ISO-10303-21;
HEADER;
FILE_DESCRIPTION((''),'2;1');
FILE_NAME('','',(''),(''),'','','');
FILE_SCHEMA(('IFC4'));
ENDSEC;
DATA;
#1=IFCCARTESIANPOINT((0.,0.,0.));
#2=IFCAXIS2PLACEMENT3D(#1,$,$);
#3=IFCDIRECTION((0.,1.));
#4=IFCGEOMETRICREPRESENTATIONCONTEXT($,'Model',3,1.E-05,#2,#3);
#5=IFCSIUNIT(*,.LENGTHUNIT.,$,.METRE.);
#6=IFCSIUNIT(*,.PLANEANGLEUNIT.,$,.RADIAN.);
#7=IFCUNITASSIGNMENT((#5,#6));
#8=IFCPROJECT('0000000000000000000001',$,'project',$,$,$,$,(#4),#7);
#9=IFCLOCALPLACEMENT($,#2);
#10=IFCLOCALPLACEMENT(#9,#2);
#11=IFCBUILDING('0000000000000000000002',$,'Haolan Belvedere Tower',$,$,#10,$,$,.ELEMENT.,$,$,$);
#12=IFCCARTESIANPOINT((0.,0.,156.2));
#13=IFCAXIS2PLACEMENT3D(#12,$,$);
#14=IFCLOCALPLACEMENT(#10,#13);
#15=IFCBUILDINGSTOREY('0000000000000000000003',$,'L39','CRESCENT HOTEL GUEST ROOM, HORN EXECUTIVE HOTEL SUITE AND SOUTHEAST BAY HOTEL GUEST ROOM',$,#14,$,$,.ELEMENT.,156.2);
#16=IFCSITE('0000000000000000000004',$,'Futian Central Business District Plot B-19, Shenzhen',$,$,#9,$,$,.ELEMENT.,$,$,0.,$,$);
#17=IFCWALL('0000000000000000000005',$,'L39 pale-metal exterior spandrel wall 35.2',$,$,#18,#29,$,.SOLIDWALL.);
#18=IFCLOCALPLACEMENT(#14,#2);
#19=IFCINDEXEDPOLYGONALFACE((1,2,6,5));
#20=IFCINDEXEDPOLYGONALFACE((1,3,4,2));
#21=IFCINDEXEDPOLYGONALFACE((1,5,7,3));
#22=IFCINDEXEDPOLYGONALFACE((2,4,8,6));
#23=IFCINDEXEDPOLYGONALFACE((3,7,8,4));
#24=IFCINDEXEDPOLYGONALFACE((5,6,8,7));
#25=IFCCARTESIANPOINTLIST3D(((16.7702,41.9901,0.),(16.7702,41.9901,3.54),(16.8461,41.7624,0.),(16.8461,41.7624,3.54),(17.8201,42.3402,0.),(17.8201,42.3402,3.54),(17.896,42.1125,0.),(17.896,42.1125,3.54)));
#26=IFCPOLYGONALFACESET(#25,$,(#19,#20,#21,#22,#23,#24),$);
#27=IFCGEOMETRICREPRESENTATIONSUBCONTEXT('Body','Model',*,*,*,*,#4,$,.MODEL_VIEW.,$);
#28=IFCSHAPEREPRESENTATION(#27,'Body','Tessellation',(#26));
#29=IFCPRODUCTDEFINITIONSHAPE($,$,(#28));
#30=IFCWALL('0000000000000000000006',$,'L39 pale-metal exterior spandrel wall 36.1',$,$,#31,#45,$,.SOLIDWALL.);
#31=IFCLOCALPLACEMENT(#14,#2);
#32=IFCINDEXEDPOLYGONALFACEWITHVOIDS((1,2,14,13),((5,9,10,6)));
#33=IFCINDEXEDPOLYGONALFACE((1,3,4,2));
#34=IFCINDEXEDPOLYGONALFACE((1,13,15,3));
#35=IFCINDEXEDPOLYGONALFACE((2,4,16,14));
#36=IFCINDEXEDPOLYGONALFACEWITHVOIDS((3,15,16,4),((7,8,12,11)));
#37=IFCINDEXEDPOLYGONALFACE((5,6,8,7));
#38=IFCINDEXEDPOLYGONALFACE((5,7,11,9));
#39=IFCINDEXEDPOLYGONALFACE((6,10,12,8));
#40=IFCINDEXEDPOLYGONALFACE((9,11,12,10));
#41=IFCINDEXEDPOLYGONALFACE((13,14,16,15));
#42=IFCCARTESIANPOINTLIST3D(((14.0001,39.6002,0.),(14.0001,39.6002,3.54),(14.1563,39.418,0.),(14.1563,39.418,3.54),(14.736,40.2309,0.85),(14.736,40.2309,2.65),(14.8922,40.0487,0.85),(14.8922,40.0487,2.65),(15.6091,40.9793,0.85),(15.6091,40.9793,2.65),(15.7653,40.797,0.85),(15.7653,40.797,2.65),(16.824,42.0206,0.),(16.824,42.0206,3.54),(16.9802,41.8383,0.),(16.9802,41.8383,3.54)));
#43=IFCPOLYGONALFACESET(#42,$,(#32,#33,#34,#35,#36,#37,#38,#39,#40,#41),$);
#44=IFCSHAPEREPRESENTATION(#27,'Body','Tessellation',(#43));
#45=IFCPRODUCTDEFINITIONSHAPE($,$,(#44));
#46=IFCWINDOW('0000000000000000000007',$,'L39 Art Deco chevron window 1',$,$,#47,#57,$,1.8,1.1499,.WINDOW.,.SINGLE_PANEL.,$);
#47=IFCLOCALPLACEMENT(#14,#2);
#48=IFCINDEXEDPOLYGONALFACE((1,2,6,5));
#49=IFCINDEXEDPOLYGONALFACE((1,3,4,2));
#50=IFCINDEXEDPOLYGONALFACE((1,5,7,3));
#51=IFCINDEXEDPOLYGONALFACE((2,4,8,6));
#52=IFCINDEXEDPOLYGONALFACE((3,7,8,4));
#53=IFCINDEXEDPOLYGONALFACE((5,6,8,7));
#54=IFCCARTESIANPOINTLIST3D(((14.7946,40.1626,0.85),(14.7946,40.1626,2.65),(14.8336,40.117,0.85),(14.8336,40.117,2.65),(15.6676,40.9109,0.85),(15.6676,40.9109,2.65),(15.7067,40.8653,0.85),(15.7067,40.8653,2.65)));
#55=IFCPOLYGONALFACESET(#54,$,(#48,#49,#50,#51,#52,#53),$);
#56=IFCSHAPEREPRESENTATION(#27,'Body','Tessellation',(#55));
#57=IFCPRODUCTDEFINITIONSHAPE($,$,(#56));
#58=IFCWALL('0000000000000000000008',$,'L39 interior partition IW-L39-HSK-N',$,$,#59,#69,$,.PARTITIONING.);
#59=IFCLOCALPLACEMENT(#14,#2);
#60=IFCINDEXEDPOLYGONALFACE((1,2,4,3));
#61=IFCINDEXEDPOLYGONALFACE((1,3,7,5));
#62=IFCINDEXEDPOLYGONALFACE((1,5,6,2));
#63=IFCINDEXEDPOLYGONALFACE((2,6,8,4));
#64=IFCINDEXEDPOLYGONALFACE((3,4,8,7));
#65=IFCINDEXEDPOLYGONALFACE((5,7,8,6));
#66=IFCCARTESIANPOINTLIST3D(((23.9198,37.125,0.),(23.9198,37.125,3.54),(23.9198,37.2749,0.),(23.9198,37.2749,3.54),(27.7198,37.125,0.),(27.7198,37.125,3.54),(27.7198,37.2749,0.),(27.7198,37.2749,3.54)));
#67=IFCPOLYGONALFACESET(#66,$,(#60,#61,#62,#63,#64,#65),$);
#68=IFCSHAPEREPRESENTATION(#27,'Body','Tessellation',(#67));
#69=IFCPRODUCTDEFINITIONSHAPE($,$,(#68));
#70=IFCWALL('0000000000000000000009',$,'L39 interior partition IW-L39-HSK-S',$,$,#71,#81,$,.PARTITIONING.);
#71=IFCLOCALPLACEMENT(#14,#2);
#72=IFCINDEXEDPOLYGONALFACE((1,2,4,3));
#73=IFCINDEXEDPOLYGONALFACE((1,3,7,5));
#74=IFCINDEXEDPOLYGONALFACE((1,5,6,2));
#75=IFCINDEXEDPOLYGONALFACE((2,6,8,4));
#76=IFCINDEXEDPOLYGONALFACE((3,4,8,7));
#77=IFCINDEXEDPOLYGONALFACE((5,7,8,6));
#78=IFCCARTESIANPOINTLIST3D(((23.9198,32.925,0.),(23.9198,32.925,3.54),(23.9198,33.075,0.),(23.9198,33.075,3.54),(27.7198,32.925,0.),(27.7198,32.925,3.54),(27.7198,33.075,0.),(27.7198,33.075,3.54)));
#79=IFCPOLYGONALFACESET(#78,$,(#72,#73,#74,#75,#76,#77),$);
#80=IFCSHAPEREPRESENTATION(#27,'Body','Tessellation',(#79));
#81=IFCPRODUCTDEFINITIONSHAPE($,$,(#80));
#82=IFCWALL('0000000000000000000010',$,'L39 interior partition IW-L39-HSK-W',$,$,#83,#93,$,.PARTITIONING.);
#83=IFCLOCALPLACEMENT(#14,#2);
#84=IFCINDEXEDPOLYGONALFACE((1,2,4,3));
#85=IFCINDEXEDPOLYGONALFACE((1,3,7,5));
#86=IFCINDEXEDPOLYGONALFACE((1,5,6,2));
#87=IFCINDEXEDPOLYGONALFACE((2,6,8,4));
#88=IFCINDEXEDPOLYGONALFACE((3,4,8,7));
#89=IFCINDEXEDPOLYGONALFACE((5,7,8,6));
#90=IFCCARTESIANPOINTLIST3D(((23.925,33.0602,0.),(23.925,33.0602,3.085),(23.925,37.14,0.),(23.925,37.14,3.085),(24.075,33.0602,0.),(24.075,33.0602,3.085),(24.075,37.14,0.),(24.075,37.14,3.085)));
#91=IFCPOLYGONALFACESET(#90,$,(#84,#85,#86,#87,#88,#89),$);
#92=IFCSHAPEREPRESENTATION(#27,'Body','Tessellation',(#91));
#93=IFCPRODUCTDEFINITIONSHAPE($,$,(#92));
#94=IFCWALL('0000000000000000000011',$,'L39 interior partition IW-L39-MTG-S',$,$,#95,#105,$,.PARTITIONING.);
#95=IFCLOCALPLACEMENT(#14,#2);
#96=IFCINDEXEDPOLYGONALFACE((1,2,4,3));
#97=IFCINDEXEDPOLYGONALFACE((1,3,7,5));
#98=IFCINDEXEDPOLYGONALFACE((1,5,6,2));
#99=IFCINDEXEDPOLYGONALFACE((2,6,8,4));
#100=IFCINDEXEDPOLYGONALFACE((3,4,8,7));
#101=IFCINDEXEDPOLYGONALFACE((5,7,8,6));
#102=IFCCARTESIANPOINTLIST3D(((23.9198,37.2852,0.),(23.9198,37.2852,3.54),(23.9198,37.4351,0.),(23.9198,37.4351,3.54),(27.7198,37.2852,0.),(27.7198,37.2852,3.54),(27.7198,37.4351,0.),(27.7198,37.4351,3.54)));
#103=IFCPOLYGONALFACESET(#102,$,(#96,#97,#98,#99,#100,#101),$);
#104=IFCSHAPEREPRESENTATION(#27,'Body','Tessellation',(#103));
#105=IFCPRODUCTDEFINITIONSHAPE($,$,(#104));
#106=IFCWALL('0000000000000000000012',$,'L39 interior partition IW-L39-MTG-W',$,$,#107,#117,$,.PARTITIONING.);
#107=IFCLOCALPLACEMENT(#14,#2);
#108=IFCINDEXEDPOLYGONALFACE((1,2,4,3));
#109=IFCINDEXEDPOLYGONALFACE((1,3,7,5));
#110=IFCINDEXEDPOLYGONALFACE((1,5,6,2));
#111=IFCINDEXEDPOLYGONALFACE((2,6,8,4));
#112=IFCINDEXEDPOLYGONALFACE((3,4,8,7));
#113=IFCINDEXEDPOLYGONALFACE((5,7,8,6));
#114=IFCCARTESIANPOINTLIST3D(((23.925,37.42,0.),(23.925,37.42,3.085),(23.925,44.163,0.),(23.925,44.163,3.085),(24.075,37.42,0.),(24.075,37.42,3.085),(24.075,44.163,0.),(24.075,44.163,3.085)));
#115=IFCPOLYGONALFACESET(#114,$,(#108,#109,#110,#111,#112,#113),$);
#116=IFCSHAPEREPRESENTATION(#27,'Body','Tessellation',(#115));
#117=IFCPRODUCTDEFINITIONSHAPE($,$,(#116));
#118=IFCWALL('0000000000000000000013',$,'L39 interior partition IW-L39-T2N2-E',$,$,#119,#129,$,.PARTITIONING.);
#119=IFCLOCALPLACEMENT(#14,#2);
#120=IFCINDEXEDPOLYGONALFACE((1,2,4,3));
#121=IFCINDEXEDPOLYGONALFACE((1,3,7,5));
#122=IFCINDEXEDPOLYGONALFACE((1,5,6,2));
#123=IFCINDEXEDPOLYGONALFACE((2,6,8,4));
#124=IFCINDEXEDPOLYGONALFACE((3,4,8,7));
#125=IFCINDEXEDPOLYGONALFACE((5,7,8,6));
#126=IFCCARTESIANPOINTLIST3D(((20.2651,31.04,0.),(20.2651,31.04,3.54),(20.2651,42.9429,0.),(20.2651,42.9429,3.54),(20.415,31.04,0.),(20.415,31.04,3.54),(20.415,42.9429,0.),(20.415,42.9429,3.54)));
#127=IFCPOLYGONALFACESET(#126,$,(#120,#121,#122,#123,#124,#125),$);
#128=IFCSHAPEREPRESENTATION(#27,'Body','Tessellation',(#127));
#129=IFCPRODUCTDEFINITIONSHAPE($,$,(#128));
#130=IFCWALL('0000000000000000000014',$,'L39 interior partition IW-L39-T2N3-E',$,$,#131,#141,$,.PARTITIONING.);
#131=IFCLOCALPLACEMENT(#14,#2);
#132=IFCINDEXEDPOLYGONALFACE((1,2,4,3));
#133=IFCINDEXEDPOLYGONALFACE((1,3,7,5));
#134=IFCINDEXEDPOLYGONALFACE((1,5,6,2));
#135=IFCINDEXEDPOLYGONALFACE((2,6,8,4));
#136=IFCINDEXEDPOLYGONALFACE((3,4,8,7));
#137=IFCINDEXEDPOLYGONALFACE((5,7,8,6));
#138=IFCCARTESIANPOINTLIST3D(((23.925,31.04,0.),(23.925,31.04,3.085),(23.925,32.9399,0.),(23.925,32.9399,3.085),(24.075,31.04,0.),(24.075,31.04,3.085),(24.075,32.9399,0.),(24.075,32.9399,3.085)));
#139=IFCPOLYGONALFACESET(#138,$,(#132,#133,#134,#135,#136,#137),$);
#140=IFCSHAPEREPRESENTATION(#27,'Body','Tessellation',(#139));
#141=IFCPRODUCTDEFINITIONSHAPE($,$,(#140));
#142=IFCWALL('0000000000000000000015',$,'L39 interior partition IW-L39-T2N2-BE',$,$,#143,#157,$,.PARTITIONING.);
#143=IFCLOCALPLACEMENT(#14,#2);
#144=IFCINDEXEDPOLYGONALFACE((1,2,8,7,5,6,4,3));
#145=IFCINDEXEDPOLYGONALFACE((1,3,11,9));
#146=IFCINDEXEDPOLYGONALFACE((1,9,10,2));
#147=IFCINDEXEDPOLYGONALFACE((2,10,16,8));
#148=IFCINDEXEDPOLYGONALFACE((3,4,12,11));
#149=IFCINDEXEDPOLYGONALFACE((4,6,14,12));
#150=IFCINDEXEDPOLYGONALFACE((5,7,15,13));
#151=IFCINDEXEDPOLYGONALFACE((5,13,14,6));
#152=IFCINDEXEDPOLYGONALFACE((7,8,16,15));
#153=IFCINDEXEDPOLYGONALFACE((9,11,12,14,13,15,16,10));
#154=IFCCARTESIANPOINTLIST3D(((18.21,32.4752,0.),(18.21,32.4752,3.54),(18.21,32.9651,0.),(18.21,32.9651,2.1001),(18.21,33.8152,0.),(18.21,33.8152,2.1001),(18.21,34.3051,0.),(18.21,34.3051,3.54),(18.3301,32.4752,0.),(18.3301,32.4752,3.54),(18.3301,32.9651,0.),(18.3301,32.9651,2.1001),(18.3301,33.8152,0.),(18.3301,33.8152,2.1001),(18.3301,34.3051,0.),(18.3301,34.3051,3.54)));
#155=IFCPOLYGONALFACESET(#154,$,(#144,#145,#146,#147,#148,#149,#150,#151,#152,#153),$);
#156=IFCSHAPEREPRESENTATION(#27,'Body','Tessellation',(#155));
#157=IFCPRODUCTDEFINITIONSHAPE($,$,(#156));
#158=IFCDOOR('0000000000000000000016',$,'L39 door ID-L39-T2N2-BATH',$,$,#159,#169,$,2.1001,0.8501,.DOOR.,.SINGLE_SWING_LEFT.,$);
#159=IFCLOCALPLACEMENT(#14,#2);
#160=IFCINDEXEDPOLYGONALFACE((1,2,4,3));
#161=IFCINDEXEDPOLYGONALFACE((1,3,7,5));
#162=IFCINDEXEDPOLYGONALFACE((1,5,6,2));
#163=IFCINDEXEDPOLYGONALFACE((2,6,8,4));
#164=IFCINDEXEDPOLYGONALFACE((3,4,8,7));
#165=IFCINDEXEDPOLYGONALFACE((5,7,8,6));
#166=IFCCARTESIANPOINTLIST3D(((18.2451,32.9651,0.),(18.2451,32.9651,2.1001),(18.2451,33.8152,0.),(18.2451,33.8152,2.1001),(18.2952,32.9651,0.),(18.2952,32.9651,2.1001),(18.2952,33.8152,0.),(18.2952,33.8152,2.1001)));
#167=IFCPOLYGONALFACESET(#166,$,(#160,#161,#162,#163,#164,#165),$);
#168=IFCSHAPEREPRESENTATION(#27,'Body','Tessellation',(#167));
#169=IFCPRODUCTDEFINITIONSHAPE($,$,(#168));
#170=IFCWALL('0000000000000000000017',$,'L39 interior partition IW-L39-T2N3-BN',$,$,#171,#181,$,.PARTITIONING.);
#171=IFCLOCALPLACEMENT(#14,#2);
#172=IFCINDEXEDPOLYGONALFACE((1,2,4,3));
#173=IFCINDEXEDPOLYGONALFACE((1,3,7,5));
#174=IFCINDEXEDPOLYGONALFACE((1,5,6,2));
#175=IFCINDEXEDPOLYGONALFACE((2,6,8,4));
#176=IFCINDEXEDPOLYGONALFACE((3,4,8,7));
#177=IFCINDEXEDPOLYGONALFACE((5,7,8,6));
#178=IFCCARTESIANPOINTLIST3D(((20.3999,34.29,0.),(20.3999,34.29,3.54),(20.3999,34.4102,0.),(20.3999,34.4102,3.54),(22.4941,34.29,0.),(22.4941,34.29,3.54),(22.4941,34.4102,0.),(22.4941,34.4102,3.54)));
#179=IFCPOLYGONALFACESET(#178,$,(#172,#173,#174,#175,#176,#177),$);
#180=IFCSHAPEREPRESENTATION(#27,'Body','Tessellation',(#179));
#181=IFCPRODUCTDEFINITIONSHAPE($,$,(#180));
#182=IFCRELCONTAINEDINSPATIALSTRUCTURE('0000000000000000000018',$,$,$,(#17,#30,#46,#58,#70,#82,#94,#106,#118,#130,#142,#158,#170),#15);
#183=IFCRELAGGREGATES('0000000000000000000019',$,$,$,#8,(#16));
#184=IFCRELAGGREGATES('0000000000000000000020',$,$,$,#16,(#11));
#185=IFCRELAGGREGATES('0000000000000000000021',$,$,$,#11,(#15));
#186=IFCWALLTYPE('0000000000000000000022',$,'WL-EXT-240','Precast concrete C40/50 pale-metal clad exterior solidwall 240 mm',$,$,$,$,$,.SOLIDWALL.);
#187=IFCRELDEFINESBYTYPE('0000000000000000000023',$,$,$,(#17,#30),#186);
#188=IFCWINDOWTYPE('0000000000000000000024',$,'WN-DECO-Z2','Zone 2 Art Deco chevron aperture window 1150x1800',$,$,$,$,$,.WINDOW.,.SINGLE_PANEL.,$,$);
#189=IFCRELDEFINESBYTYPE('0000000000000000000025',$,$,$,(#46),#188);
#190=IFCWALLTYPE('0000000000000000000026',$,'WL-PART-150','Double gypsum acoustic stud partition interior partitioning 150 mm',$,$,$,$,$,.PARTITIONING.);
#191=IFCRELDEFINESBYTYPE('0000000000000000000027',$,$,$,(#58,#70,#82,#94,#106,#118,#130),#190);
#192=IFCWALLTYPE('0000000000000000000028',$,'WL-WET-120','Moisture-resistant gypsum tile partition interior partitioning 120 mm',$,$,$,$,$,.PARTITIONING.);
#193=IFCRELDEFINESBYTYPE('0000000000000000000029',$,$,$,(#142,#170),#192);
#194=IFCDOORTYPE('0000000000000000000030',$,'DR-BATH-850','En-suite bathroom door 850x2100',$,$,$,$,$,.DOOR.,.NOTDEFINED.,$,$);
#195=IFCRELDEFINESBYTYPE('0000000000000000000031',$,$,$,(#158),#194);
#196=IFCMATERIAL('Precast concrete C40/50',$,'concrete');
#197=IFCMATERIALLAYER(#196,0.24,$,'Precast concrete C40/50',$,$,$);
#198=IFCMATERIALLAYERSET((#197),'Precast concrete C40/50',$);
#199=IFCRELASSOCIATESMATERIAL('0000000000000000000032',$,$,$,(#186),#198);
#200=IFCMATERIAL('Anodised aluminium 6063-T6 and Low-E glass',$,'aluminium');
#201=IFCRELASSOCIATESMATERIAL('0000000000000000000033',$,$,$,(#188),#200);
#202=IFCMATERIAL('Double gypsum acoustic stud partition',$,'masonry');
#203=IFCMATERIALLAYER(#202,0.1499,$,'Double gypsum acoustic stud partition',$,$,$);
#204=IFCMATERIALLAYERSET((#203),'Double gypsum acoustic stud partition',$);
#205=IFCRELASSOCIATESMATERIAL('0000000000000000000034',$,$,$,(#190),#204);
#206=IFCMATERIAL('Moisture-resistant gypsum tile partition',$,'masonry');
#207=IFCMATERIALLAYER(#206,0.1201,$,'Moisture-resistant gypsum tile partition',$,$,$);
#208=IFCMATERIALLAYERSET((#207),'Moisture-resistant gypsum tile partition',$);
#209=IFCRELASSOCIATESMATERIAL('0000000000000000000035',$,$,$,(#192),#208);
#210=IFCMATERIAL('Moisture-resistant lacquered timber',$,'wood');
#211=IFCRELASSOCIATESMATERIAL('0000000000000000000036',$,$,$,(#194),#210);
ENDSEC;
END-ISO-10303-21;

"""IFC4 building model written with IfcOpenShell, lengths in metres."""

from ifc_helpers import new_model, si_unit, direction, frame, frame_2d, origin, place, context, subcontext, project, spatial, rectangle, extrude, material, layer, layer_set, type_object, element, fill, save


model = new_model("IFC4")

# Units and contexts
model_context = context("Model", 3, precision=1e-05, world=origin(), true_north=direction((0.0, 1.0)))
body_context = subcontext(model_context, "Body", "Model", "MODEL_VIEW")
ifc_project = project(units=[si_unit("LENGTHUNIT", "METRE"), si_unit("PLANEANGLEUNIT", "RADIAN")], contexts=[model_context])

# Site, building, storey
site_placement = place(None, origin())
site = spatial("IfcSite", under=ifc_project, at=site_placement, Name="Futian Central Business District Plot B-19, Shenzhen", CompositionType="ELEMENT", RefElevation=0.0)
building_placement = place(site_placement, origin())
building = spatial("IfcBuilding", under=site, at=building_placement, Name="Haolan Belvedere Tower", CompositionType="ELEMENT")
storey_placement = place(building_placement, frame((0.0, 0.0, 156.2)))
storey = spatial("IfcBuildingStorey", under=building, at=storey_placement, Name="L39", Description="CRESCENT HOTEL GUEST ROOM, HORN EXECUTIVE HOTEL SUITE AND SOUTHEAST BAY HOTEL GUEST ROOM", CompositionType="ELEMENT", Elevation=156.2)

# Wall
ifc_material_1 = material(Name="Precast concrete C40/50", Category="concrete")
ifc_layer_1 = layer(ifc_material_1, 0.24, Name="Precast concrete C40/50")
ifc_layer_set_1 = layer_set([ifc_layer_1], Name="Precast concrete C40/50")
wall_type_1 = type_object("IfcWallType", Name="WL-EXT-240", Description="Precast concrete C40/50 pale-metal clad exterior solidwall 240 mm", PredefinedType="SOLIDWALL", material=ifc_layer_set_1)
wall_1_placement = place(storey_placement, frame((17.8579, 42.2263, 0.0), z_axis=(0.0, 0.0, 1.0), x_axis=(-0.948639, -0.31636, 0.0)))
element("IfcWall", 1, at=wall_1_placement, inside=storey, type_object=wall_type_1, Name="L39 pale-metal exterior spandrel wall 35.2", PredefinedType="SOLIDWALL", context=body_context, shape_type="SweptSolid", body=[
    extrude(rectangle(XDim=1.1067, YDim=0.24, at=frame_2d((0.5532, 0.0))), origin(), (0.0, 0.0, 1.0), 3.54),
])

# Wall, opening, window
wall_2_placement = place(storey_placement, frame((16.9021, 41.9294, 0.0), z_axis=(0.0, 0.0, 1.0), x_axis=(-0.759275, -0.65077, 0.0)))
wall_2 = element("IfcWall", 2, at=wall_2_placement, inside=storey, type_object=wall_type_1, Name="L39 pale-metal exterior spandrel wall 36.1", PredefinedType="SOLIDWALL", context=body_context, shape_type="SweptSolid", body=[
    extrude(rectangle(XDim=3.7192, YDim=0.24, at=frame_2d((1.8596, 0.0))), origin(), (0.0, 0.0, 1.0), 3.54),
])
opening_1_placement = place(wall_2_placement, frame((1.6001, 0.0, 0.8501)))
opening_1 = element("IfcOpeningElement", 3, at=opening_1_placement, cuts=wall_2, PredefinedType="OPENING", context=body_context, shape_type="SweptSolid", body=[
    extrude(rectangle(XDim=1.1499, YDim=1.8, at=frame_2d((0.575, 0.8999))), frame((0.0, 0.1299, 0.0), z_axis=(0.0, -1.0, 0.0), x_axis=(1.0, 0.0, 0.0)), (0.0, 0.0, 1.0), 0.26),
])
ifc_material_2 = material(Name="Anodised aluminium 6063-T6 and Low-E glass", Category="aluminium")
window_type = type_object("IfcWindowType", Name="WN-DECO-Z2", Description="Zone 2 Art Deco chevron aperture window 1150x1800", PartitioningType="SINGLE_PANEL", PredefinedType="WINDOW", material=ifc_material_2)
window_placement = place(opening_1_placement, origin())
window = element("IfcWindow", 4, at=window_placement, inside=storey, type_object=window_type, Name="L39 Art Deco chevron window 1", OverallHeight=1.8, OverallWidth=1.1499, PartitioningType="SINGLE_PANEL", PredefinedType="WINDOW", context=body_context, shape_type="SweptSolid", body=[
    extrude(rectangle(XDim=1.1499, YDim=1.8, at=frame_2d((0.575, 0.8999))), frame((0.0, 0.03, 0.0), z_axis=(0.0, -1.0, 0.0), x_axis=(1.0, 0.0, 0.0)), (0.0, 0.0, 1.0), 0.0601),
])
fill(opening_1, window)

# Walls
ifc_material_3 = material(Name="Double gypsum acoustic stud partition", Category="masonry")
ifc_layer_2 = layer(ifc_material_3, 0.1499, Name="Double gypsum acoustic stud partition")
ifc_layer_set_2 = layer_set([ifc_layer_2], Name="Double gypsum acoustic stud partition")
wall_type_2 = type_object("IfcWallType", Name="WL-PART-150", Description="Double gypsum acoustic stud partition interior partitioning 150 mm", PredefinedType="PARTITIONING", material=ifc_layer_set_2)
for number, where, z_axis, x_axis, name in (
    (5, (23.9199, 37.2, 0.0), (0.0, 0.0, 1.0), (1.0, 0.0, 0.0), "L39 interior partition IW-L39-HSK-N"),
    (6, (23.9199, 33.0, 0.0), (0.0, 0.0, 1.0), (1.0, 0.0, 0.0), "L39 interior partition IW-L39-HSK-S"),
):
    element("IfcWall", number, at=place(storey_placement, frame(where, z_axis=z_axis, x_axis=x_axis)), inside=storey, type_object=wall_type_2, Name=name, PredefinedType="PARTITIONING", context=body_context, shape_type="SweptSolid", body=[
        extrude(rectangle(XDim=3.8, YDim=0.1499, at=frame_2d((1.8999, 0.0))), origin(), (0.0, 0.0, 1.0), 3.54),
    ])
wall_3_placement = place(storey_placement, frame((24.0, 33.0601, 0.0), z_axis=(0.0, 0.0, 1.0), x_axis=(0.0, 1.0, 0.0)))
element("IfcWall", 7, at=wall_3_placement, inside=storey, type_object=wall_type_2, Name="L39 interior partition IW-L39-HSK-W", PredefinedType="PARTITIONING", context=body_context, shape_type="SweptSolid", body=[
    extrude(rectangle(XDim=4.0798, YDim=0.1499, at=frame_2d((2.04, 0.0))), origin(), (0.0, 0.0, 1.0), 3.085),
])
wall_4_placement = place(storey_placement, frame((23.9199, 37.3601, 0.0), z_axis=(0.0, 0.0, 1.0), x_axis=(1.0, 0.0, 0.0)))
element("IfcWall", 8, at=wall_4_placement, inside=storey, type_object=wall_type_2, Name="L39 interior partition IW-L39-MTG-S", PredefinedType="PARTITIONING", context=body_context, shape_type="SweptSolid", body=[
    extrude(rectangle(XDim=3.8, YDim=0.1499, at=frame_2d((1.8999, 0.0))), origin(), (0.0, 0.0, 1.0), 3.54),
])
wall_5_placement = place(storey_placement, frame((24.0, 37.4199, 0.0), z_axis=(0.0, 0.0, 1.0), x_axis=(0.0, 1.0, 0.0)))
element("IfcWall", 9, at=wall_5_placement, inside=storey, type_object=wall_type_2, Name="L39 interior partition IW-L39-MTG-W", PredefinedType="PARTITIONING", context=body_context, shape_type="SweptSolid", body=[
    extrude(rectangle(XDim=6.7429, YDim=0.1499, at=frame_2d((3.3716, 0.0))), origin(), (0.0, 0.0, 1.0), 3.085),
])
wall_6_placement = place(storey_placement, frame((20.3401, 31.04, 0.0), z_axis=(0.0, 0.0, 1.0), x_axis=(0.0, 1.0, 0.0)))
element("IfcWall", 10, at=wall_6_placement, inside=storey, type_object=wall_type_2, Name="L39 interior partition IW-L39-T2N2-E", PredefinedType="PARTITIONING", context=body_context, shape_type="SweptSolid", body=[
    extrude(rectangle(XDim=11.9028, YDim=0.1499, at=frame_2d((5.9514, 0.0))), origin(), (0.0, 0.0, 1.0), 3.54),
])

# Wall
wall_7_placement = place(storey_placement, frame((24.0, 31.04, 0.0), z_axis=(0.0, 0.0, 1.0), x_axis=(0.0, 1.0, 0.0)))
element("IfcWall", 11, at=wall_7_placement, inside=storey, type_object=wall_type_2, Name="L39 interior partition IW-L39-T2N3-E", PredefinedType="PARTITIONING", context=body_context, shape_type="SweptSolid", body=[
    extrude(rectangle(XDim=1.8999, YDim=0.1499, at=frame_2d((0.95, 0.0))), origin(), (0.0, 0.0, 1.0), 3.085),
])

# Wall, opening, door
ifc_material_4 = material(Name="Moisture-resistant gypsum tile partition", Category="masonry")
ifc_layer_3 = layer(ifc_material_4, 0.1201, Name="Moisture-resistant gypsum tile partition")
ifc_layer_set_3 = layer_set([ifc_layer_3], Name="Moisture-resistant gypsum tile partition")
wall_type_3 = type_object("IfcWallType", Name="WL-WET-120", Description="Moisture-resistant gypsum tile partition interior partitioning 120 mm", PredefinedType="PARTITIONING", material=ifc_layer_set_3)
wall_8_placement = place(storey_placement, frame((18.27, 32.4751, 0.0), z_axis=(0.0, 0.0, 1.0), x_axis=(0.0, 1.0, 0.0)))
wall_8 = element("IfcWall", 12, at=wall_8_placement, inside=storey, type_object=wall_type_3, Name="L39 interior partition IW-L39-T2N2-BE", PredefinedType="PARTITIONING", context=body_context, shape_type="SweptSolid", body=[
    extrude(rectangle(XDim=1.8298, YDim=0.1201, at=frame_2d((0.915, 0.0))), origin(), (0.0, 0.0, 1.0), 3.54),
])
opening_2_placement = place(wall_8_placement, frame((0.49, 0.0, 0.0)))
opening_2 = element("IfcOpeningElement", 13, at=opening_2_placement, cuts=wall_8, PredefinedType="OPENING", context=body_context, shape_type="SweptSolid", body=[
    extrude(rectangle(XDim=0.8501, YDim=2.1001, at=frame_2d((0.425, 1.05))), frame((0.0, 0.0701, 0.0), z_axis=(0.0, -1.0, 0.0), x_axis=(1.0, 0.0, 0.0)), (0.0, 0.0, 1.0), 0.1401),
])
ifc_material_5 = material(Name="Moisture-resistant lacquered timber", Category="wood")
door_type_1 = type_object("IfcDoorType", Name="DR-BATH-850", Description="En-suite bathroom door 850x2100", OperationType="NOTDEFINED", PredefinedType="DOOR", material=ifc_material_5)
door_1_placement = place(opening_2_placement, origin())
door_1 = element("IfcDoor", 14, at=door_1_placement, inside=storey, type_object=door_type_1, Name="L39 door ID-L39-T2N2-BATH", OperationType="SINGLE_SWING_LEFT", OverallHeight=2.1001, OverallWidth=0.8501, PredefinedType="DOOR", context=body_context, shape_type="SweptSolid", body=[
    extrude(rectangle(XDim=0.8501, YDim=2.1001, at=frame_2d((0.425, 1.05))), frame((0.0, 0.0249, 0.0), z_axis=(0.0, -1.0, 0.0), x_axis=(1.0, 0.0, 0.0)), (0.0, 0.0, 1.0), 0.05),
])
fill(opening_2, door_1)

# Wall
wall_9_placement = place(storey_placement, frame((20.3999, 34.3501, 0.0), z_axis=(0.0, 0.0, 1.0), x_axis=(1.0, 0.0, 0.0)))
element("IfcWall", 15, at=wall_9_placement, inside=storey, type_object=wall_type_3, Name="L39 interior partition IW-L39-T2N3-BN", PredefinedType="PARTITIONING", context=body_context, shape_type="SweptSolid", body=[
    extrude(rectangle(XDim=2.0942, YDim=0.1201, at=frame_2d((1.0471, 0.0))), origin(), (0.0, 0.0, 1.0), 3.54),
])

save(model, "model.ifc")
